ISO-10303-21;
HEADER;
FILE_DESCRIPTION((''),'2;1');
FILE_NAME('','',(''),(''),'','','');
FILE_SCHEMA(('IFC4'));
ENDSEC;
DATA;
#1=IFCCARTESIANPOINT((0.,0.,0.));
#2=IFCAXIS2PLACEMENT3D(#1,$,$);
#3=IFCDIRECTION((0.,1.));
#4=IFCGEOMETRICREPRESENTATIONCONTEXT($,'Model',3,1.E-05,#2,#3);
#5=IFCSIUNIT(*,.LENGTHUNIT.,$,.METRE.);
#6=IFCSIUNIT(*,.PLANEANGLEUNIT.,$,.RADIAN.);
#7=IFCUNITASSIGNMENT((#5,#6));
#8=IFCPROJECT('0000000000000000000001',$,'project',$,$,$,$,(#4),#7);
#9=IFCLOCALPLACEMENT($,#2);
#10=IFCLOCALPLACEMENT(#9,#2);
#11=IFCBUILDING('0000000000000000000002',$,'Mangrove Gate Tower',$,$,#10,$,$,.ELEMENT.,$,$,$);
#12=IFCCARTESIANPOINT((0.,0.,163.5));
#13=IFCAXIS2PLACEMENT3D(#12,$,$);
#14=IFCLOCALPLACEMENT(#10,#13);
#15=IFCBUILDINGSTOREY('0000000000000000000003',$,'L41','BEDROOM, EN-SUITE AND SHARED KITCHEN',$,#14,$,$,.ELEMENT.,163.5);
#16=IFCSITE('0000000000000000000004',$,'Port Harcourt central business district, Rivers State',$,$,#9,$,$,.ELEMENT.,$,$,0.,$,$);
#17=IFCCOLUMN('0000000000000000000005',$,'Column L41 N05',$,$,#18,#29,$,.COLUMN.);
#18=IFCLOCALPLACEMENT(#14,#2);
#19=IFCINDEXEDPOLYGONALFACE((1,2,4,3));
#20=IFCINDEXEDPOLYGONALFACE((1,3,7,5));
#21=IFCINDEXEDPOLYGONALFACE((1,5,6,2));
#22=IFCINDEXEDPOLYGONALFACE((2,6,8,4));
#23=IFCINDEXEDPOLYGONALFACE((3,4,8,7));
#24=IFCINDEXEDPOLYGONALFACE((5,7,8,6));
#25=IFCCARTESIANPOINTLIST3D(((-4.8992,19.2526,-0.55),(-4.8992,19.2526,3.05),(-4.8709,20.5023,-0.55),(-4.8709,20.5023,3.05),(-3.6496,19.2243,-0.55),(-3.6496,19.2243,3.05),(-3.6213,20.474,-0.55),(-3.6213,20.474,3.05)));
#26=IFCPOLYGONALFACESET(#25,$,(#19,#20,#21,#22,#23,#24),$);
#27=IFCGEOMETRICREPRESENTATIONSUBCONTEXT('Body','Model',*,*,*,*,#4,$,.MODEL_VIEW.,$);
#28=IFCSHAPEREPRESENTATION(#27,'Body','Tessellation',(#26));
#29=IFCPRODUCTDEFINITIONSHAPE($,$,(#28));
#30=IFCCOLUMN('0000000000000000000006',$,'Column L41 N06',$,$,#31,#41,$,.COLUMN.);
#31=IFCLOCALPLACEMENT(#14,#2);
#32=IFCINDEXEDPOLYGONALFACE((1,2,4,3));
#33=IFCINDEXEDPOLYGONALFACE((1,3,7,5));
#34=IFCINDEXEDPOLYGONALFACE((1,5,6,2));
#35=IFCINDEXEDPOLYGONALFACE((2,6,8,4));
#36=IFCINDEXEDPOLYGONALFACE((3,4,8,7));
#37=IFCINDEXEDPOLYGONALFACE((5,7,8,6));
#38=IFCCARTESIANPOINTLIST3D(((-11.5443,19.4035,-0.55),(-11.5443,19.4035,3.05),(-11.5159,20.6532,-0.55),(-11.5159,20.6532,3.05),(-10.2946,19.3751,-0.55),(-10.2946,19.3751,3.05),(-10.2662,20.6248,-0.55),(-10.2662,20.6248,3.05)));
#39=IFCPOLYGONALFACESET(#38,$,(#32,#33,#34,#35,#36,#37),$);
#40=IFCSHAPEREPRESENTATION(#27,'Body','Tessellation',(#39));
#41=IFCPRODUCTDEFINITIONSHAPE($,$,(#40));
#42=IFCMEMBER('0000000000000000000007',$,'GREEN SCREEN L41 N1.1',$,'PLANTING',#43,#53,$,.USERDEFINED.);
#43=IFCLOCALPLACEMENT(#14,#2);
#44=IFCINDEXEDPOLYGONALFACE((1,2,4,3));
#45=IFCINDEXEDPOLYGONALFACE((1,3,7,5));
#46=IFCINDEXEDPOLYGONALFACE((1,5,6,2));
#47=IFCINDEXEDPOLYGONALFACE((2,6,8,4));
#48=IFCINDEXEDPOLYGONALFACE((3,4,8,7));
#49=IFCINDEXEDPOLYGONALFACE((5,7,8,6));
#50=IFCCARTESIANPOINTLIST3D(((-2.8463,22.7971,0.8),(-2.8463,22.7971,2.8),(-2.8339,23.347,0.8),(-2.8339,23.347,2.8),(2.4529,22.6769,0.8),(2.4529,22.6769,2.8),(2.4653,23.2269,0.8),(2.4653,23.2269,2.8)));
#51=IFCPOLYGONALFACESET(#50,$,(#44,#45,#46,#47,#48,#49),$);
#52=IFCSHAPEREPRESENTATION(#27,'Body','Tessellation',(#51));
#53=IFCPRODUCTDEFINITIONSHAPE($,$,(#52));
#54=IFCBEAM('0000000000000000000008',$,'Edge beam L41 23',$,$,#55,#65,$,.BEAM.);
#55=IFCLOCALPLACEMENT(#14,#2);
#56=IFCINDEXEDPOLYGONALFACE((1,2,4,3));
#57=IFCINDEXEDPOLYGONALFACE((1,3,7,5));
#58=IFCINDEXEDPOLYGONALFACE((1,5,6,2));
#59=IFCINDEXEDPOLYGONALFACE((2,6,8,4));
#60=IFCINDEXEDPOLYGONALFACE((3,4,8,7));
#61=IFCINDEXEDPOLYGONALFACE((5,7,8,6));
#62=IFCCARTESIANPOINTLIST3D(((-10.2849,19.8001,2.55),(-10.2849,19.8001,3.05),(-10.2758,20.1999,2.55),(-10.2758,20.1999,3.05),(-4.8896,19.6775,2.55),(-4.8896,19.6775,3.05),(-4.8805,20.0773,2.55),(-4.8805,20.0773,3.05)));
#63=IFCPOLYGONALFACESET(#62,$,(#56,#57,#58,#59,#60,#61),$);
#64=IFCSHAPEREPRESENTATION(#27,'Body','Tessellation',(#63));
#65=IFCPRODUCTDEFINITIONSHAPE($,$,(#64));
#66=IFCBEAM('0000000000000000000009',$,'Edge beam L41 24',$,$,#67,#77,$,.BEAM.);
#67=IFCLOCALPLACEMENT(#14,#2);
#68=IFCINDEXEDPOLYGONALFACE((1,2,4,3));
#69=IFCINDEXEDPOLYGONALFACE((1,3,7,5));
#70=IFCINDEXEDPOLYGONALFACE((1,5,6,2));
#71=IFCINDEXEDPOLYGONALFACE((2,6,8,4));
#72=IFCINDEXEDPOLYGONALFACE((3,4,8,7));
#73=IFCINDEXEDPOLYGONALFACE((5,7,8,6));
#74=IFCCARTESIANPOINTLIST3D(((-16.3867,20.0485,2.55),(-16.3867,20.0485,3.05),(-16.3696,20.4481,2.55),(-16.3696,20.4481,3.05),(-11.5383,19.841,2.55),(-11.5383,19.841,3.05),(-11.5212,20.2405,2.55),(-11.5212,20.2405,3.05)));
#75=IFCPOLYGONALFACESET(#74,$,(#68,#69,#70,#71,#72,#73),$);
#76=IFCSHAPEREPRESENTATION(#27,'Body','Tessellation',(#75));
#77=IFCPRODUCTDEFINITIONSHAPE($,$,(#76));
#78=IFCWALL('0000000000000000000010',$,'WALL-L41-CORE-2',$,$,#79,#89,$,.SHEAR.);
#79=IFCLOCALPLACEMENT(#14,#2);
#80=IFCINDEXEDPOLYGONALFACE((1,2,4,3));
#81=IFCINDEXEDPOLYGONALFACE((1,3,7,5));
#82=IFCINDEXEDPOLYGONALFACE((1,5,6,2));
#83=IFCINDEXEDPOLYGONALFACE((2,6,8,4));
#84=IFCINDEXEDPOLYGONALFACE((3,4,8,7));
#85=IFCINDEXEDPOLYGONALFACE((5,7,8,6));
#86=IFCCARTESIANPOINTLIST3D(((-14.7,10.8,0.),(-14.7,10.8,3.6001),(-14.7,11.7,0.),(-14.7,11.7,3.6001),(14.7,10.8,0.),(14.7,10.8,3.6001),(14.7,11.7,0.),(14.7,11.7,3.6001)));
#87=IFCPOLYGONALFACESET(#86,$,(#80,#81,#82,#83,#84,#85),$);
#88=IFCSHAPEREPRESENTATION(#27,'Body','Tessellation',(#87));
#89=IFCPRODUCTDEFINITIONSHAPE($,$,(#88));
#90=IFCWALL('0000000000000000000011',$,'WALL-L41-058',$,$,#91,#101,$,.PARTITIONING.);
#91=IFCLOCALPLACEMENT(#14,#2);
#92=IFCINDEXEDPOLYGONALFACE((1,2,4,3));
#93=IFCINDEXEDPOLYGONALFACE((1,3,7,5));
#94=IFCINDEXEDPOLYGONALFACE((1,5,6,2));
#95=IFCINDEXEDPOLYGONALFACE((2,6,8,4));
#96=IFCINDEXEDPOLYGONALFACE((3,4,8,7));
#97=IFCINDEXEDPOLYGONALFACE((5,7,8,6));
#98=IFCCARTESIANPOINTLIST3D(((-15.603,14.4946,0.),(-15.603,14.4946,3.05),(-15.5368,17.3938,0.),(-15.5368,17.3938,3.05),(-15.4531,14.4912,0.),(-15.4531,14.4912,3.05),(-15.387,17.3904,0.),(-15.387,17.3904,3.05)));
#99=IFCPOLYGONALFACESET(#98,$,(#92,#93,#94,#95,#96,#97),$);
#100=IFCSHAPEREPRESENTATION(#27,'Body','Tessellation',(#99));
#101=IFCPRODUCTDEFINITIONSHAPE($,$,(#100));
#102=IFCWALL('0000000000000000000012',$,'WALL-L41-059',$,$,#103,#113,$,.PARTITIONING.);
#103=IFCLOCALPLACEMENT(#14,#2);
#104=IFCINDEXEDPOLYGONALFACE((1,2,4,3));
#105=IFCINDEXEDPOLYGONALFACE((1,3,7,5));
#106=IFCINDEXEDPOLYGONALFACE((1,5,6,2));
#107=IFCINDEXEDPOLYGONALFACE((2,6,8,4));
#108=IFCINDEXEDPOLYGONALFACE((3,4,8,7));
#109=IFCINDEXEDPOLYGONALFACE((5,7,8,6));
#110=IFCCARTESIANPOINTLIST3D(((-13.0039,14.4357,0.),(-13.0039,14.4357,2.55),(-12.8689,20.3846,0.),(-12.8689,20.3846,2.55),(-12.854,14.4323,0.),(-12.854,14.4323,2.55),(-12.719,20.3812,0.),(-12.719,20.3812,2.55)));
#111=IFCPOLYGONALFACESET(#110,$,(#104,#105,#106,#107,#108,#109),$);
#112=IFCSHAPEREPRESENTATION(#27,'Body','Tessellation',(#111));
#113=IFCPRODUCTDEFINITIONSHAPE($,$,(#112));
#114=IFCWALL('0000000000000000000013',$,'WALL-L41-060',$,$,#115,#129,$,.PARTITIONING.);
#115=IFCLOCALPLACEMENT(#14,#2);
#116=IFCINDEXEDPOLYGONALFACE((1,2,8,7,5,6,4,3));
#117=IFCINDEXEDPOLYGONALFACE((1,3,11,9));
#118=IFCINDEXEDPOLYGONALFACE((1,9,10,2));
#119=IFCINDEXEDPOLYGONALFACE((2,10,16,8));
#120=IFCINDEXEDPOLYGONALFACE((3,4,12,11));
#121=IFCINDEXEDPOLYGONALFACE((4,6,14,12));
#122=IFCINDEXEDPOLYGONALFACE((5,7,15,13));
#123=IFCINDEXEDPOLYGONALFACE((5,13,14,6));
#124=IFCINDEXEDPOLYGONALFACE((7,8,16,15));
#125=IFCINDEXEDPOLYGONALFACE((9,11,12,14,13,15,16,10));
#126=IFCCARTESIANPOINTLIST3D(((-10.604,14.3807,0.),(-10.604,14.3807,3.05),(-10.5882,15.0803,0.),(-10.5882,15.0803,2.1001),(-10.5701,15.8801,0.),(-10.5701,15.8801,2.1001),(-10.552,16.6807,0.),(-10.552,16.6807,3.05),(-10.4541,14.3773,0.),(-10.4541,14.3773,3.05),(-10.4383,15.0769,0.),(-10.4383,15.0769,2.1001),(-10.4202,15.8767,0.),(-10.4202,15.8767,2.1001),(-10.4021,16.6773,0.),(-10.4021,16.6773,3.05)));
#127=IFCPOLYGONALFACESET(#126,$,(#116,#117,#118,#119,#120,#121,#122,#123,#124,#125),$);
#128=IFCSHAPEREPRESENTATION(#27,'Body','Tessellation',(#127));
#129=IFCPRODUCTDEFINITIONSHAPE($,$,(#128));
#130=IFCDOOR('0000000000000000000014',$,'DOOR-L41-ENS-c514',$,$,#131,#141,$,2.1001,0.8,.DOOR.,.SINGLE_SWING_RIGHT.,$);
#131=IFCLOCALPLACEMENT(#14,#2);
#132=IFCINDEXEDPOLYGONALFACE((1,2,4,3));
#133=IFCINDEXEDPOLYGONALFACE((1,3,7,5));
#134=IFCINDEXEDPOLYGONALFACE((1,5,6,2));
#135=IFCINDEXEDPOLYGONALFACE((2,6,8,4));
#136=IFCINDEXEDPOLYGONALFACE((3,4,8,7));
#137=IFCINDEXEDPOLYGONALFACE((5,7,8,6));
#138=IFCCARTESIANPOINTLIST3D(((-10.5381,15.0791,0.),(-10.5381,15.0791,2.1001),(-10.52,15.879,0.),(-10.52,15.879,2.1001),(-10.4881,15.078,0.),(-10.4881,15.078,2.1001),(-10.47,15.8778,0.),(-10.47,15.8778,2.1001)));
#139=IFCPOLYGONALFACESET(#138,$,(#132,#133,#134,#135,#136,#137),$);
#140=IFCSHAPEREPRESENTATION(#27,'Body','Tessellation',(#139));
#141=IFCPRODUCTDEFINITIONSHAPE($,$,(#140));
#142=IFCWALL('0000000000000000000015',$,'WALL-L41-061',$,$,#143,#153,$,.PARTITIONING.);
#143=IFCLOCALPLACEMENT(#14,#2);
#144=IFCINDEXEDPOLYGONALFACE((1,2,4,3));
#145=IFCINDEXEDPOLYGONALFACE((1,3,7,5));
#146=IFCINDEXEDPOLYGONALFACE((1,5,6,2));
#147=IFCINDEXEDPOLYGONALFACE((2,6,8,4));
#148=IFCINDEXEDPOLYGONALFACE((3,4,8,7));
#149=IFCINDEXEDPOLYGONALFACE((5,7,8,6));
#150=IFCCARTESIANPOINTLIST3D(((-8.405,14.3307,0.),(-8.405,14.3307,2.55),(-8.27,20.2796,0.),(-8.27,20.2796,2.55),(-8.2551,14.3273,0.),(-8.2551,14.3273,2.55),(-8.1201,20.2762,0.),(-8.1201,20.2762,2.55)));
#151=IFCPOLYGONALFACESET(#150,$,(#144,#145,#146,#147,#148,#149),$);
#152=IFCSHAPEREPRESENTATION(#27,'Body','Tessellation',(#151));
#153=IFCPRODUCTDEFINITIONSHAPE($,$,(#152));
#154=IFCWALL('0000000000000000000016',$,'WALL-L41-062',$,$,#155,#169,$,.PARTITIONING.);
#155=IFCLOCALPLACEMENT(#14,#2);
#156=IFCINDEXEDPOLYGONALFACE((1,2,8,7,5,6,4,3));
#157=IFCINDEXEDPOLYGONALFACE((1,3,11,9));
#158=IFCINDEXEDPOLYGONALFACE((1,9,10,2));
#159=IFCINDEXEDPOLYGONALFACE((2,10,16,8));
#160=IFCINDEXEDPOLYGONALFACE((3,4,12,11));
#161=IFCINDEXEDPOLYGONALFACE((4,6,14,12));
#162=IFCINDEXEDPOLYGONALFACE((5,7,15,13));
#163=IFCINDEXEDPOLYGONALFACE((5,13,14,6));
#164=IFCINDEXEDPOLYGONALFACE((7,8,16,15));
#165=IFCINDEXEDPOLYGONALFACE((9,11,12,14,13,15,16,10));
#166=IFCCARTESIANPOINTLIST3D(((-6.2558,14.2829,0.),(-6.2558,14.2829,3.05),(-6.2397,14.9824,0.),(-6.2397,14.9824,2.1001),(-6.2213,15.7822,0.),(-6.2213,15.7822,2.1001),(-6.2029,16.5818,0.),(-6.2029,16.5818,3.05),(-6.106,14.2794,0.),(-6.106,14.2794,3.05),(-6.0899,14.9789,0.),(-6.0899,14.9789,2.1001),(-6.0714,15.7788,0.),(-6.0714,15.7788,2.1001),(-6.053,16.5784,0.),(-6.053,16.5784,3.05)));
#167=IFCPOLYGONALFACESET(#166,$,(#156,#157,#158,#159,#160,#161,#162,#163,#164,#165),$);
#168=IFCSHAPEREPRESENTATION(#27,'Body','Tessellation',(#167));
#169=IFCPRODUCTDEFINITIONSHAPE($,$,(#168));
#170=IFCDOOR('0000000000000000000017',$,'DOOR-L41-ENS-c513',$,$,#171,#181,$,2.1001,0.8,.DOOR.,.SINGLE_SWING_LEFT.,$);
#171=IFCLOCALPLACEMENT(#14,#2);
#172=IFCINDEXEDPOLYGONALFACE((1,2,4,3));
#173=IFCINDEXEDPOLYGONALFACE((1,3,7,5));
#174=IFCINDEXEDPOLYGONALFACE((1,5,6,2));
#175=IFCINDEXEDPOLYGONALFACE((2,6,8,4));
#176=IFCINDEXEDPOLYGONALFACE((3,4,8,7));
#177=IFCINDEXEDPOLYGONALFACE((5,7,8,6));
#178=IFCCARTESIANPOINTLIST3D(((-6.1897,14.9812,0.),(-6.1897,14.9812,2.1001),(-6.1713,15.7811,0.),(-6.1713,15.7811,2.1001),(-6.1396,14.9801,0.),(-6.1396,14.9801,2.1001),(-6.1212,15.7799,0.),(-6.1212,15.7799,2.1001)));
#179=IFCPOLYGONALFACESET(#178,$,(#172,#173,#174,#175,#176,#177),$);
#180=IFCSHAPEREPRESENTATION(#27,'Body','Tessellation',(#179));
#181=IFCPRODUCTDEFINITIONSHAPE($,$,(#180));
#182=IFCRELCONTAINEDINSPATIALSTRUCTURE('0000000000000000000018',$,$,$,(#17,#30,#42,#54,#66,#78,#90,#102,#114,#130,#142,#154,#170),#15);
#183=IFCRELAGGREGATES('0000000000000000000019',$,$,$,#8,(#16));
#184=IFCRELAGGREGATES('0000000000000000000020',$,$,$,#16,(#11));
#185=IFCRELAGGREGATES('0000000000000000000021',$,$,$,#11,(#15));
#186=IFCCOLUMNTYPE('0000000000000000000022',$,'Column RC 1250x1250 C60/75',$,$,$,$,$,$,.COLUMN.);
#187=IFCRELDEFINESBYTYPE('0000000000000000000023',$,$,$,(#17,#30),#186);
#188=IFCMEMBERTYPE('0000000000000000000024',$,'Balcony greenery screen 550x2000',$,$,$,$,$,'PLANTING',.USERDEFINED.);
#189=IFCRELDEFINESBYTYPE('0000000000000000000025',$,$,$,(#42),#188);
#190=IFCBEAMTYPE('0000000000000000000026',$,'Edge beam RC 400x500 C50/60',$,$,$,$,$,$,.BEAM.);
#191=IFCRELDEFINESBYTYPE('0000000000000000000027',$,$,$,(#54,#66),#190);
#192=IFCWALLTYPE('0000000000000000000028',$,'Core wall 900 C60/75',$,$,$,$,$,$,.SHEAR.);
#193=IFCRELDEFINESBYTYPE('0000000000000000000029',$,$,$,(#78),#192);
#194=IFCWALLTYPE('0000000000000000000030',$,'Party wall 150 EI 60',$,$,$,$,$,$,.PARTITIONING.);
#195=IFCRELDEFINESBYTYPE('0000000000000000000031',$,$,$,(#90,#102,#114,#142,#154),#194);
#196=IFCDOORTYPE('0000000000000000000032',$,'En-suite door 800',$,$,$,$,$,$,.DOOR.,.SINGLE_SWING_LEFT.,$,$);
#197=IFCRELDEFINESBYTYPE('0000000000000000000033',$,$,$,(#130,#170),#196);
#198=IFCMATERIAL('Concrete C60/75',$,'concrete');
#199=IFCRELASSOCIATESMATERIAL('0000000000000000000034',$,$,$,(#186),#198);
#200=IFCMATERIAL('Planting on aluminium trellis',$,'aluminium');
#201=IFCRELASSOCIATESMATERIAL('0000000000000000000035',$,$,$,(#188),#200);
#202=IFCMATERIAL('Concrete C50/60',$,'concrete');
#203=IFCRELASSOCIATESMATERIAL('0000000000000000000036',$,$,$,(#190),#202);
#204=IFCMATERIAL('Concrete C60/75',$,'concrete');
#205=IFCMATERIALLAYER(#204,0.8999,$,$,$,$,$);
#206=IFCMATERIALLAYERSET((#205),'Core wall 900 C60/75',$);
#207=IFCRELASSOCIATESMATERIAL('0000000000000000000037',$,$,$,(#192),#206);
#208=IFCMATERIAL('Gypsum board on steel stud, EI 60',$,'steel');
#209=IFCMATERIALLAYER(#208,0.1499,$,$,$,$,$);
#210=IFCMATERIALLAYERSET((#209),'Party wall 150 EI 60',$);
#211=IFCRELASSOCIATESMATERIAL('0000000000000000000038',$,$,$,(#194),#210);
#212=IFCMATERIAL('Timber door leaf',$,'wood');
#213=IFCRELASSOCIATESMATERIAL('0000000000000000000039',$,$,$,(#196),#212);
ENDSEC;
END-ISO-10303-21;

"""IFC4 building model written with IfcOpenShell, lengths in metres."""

from ifc_helpers import new_model, si_unit, direction, frame, frame_2d, origin, origin_2d, place, context, subcontext, project, spatial, rectangle, extrude, material, layer, layer_set, material_profile, profile_set, type_object, element, fill, save


model = new_model("IFC4")

# Units and contexts
model_context = context("Model", 3, precision=1e-05, world=origin(), true_north=direction((0.0, 1.0)))
body_context = subcontext(model_context, "Body", "Model", "MODEL_VIEW")
ifc_project = project(units=[si_unit("LENGTHUNIT", "METRE"), si_unit("PLANEANGLEUNIT", "RADIAN")], contexts=[model_context])

# Site, building, storey
site_placement = place(None, origin())
site = spatial("IfcSite", under=ifc_project, at=site_placement, Name="Port Harcourt central business district, Rivers State", CompositionType="ELEMENT", RefElevation=0.0)
building_placement = place(site_placement, origin())
building = spatial("IfcBuilding", under=site, at=building_placement, Name="Mangrove Gate Tower", CompositionType="ELEMENT")
storey_placement = place(building_placement, frame((0.0, 0.0, 163.5)))
storey = spatial("IfcBuildingStorey", under=building, at=storey_placement, Name="L41", Description="BEDROOM, EN-SUITE AND SHARED KITCHEN", CompositionType="ELEMENT", Elevation=163.5)

# Columns
ifc_material_1 = material(Name="Concrete C60/75", Category="concrete")
ifc_material_profile_1 = material_profile(ifc_material_1, rectangle(XDim=1.25, YDim=1.25, at=origin_2d()))
ifc_profile_set_1 = profile_set([ifc_material_profile_1], Name="Concrete C60/75")
column_type = type_object("IfcColumnType", Name="Column RC 1250x1250 C60/75", PredefinedType="COLUMN", material=ifc_profile_set_1)
for number, where, z_axis, x_axis, name in (
    (1, (-4.2603, 19.8633, -0.55), (0.0, 0.0, 1.0), (-0.999744, 0.022643, 0.0), "Column L41 N05"),
    (2, (-10.9053, 20.0142, -0.55), (0.0, 0.0, 1.0), (-0.999742, 0.022718, 0.0), "Column L41 N06"),
):
    element("IfcColumn", number, at=place(storey_placement, frame(where, z_axis=z_axis, x_axis=x_axis)), inside=storey, type_object=column_type, Name=name, PredefinedType="COLUMN", context=body_context, shape_type="SweptSolid", body=[
        extrude(rectangle(XDim=1.25, YDim=1.25, at=origin_2d()), origin(), (0.0, 0.0, 1.0), 3.6001),
    ])

# Member
ifc_material_2 = material(Name="Planting on aluminium trellis", Category="aluminium")
ifc_material_profile_2 = material_profile(ifc_material_2, rectangle(XDim=0.55, YDim=2.0, at=origin_2d()))
ifc_profile_set_2 = profile_set([ifc_material_profile_2], Name="Planting on aluminium trellis")
member_type = type_object("IfcMemberType", Name="Balcony greenery screen 550x2000", ElementType="PLANTING", PredefinedType="USERDEFINED", material=ifc_profile_set_2)
member_placement = place(storey_placement, frame((-2.8401, 23.072, 1.8), z_axis=(0.999743, -0.022662, 0.0), x_axis=(0.022662, 0.999743, 0.0)))
element("IfcMember", 3, at=member_placement, inside=storey, type_object=member_type, Name="GREEN SCREEN L41 N1.1", ObjectType="PLANTING", PredefinedType="USERDEFINED", context=body_context, shape_type="SweptSolid", body=[
    extrude(rectangle(XDim=0.55, YDim=2.0, at=origin_2d()), origin(), (0.0, 0.0, 1.0), 5.3005),
])

# Beams
ifc_material_3 = material(Name="Concrete C50/60", Category="concrete")
ifc_material_profile_3 = material_profile(ifc_material_3, rectangle(XDim=0.3999, YDim=0.5, at=origin_2d()))
ifc_profile_set_3 = profile_set([ifc_material_profile_3], Name="Concrete C50/60")
beam_type = type_object("IfcBeamType", Name="Edge beam RC 400x500 C50/60", PredefinedType="BEAM", material=ifc_profile_set_3)
beam_1_placement = place(storey_placement, frame((-4.885, 19.8774, 2.8), z_axis=(-0.999742, 0.02271, 0.0), x_axis=(-0.02271, -0.999742, 0.0)))
element("IfcBeam", 4, at=beam_1_placement, inside=storey, type_object=beam_type, Name="Edge beam L41 23", PredefinedType="BEAM", context=body_context, shape_type="SweptSolid", body=[
    extrude(rectangle(XDim=0.3999, YDim=0.5, at=origin_2d()), origin(), (0.0, 0.0, 1.0), 5.3967),
])
beam_2_placement = place(storey_placement, frame((-11.5298, 20.0408, 2.8), z_axis=(-0.999085, 0.042763, 0.0), x_axis=(-0.042763, -0.999085, 0.0)))
element("IfcBeam", 5, at=beam_2_placement, inside=storey, type_object=beam_type, Name="Edge beam L41 24", PredefinedType="BEAM", context=body_context, shape_type="SweptSolid", body=[
    extrude(rectangle(XDim=0.3999, YDim=0.5, at=origin_2d()), origin(), (0.0, 0.0, 1.0), 4.8528),
])

# Walls
ifc_material_4 = material(Name="Concrete C60/75", Category="concrete")
ifc_layer_1 = layer(ifc_material_4, 0.8999)
ifc_layer_set_1 = layer_set([ifc_layer_1], Name="Core wall 900 C60/75")
wall_type_1 = type_object("IfcWallType", Name="Core wall 900 C60/75", PredefinedType="SHEAR", material=ifc_layer_set_1)
wall_1_placement = place(storey_placement, frame((-14.7, 11.25, 0.0), z_axis=(0.0, 0.0, 1.0), x_axis=(1.0, 0.0, 0.0)))
element("IfcWall", 6, at=wall_1_placement, inside=storey, type_object=wall_type_1, Name="WALL-L41-CORE-2", PredefinedType="SHEAR", context=body_context, shape_type="SweptSolid", body=[
    extrude(rectangle(XDim=29.3999, YDim=0.8999, at=frame_2d((14.7, 0.0))), origin(), (0.0, 0.0, 1.0), 3.6001),
])
ifc_material_5 = material(Name="Gypsum board on steel stud, EI 60", Category="steel")
ifc_layer_2 = layer(ifc_material_5, 0.1499)
ifc_layer_set_2 = layer_set([ifc_layer_2], Name="Party wall 150 EI 60")
wall_type_2 = type_object("IfcWallType", Name="Party wall 150 EI 60", PredefinedType="PARTITIONING", material=ifc_layer_set_2)
wall_2_placement = place(storey_placement, frame((-15.5281, 14.4929, 0.0), z_axis=(0.0, 0.0, 1.0), x_axis=(0.022815, 0.99974, 0.0)))
element("IfcWall", 7, at=wall_2_placement, inside=storey, type_object=wall_type_2, Name="WALL-L41-058", PredefinedType="PARTITIONING", context=body_context, shape_type="SweptSolid", body=[
    extrude(rectangle(XDim=2.8999, YDim=0.1499, at=frame_2d((1.45, 0.0))), origin(), (0.0, 0.0, 1.0), 3.05),
])
wall_3_placement = place(storey_placement, frame((-12.929, 14.4341, 0.0), z_axis=(0.0, 0.0, 1.0), x_axis=(0.022689, 0.999743, 0.0)))
element("IfcWall", 8, at=wall_3_placement, inside=storey, type_object=wall_type_2, Name="WALL-L41-059", PredefinedType="PARTITIONING", context=body_context, shape_type="SweptSolid", body=[
    extrude(rectangle(XDim=5.9504, YDim=0.1499, at=frame_2d((2.9751, 0.0))), origin(), (0.0, 0.0, 1.0), 2.55),
])

# Wall, opening, door
wall_4_placement = place(storey_placement, frame((-10.5291, 14.3789, 0.0), z_axis=(0.0, 0.0, 1.0), x_axis=(0.022603, 0.999745, 0.0)))
wall_4 = element("IfcWall", 9, at=wall_4_placement, inside=storey, type_object=wall_type_2, Name="WALL-L41-060", PredefinedType="PARTITIONING", context=body_context, shape_type="SweptSolid", body=[
    extrude(rectangle(XDim=2.3005, YDim=0.1499, at=frame_2d((1.1504, 0.0))), origin(), (0.0, 0.0, 1.0), 3.05),
])
opening_1_placement = place(wall_4_placement, frame((0.7, 0.0, 0.0)))
opening_1 = element("IfcOpeningElement", 10, at=opening_1_placement, cuts=wall_4, PredefinedType="OPENING", context=body_context, shape_type="SweptSolid", body=[
    extrude(rectangle(XDim=0.8, YDim=2.1001, at=frame_2d((0.3999, 1.05))), frame((0.0, 0.085, 0.0), z_axis=(0.0, -1.0, 0.0), x_axis=(1.0, 0.0, 0.0)), (0.0, 0.0, 1.0), 0.1699),
])
ifc_material_6 = material(Name="Timber door leaf", Category="wood")
door_type = type_object("IfcDoorType", Name="En-suite door 800", OperationType="SINGLE_SWING_LEFT", PredefinedType="DOOR", material=ifc_material_6)
door_1_placement = place(opening_1_placement, origin())
door_1 = element("IfcDoor", 11, at=door_1_placement, inside=storey, type_object=door_type, Name="DOOR-L41-ENS-c514", OperationType="SINGLE_SWING_RIGHT", OverallHeight=2.1001, OverallWidth=0.8, PredefinedType="DOOR", context=body_context, shape_type="SweptSolid", body=[
    extrude(rectangle(XDim=0.8, YDim=2.1001, at=frame_2d((0.3999, 1.05))), frame((0.0, 0.0249, 0.0), z_axis=(0.0, -1.0, 0.0), x_axis=(1.0, 0.0, 0.0)), (0.0, 0.0, 1.0), 0.05),
])
fill(opening_1, door_1)

# Wall
wall_5_placement = place(storey_placement, frame((-8.3301, 14.3291, 0.0), z_axis=(0.0, 0.0, 1.0), x_axis=(0.022689, 0.999743, 0.0)))
element("IfcWall", 12, at=wall_5_placement, inside=storey, type_object=wall_type_2, Name="WALL-L41-061", PredefinedType="PARTITIONING", context=body_context, shape_type="SweptSolid", body=[
    extrude(rectangle(XDim=5.9504, YDim=0.1499, at=frame_2d((2.9751, 0.0))), origin(), (0.0, 0.0, 1.0), 2.55),
])

# Wall, opening, door
wall_6_placement = place(storey_placement, frame((-6.1809, 14.281, 0.0), z_axis=(0.0, 0.0, 1.0), x_axis=(0.023037, 0.999735, 0.0)))
wall_6 = element("IfcWall", 13, at=wall_6_placement, inside=storey, type_object=wall_type_2, Name="WALL-L41-062", PredefinedType="PARTITIONING", context=body_context, shape_type="SweptSolid", body=[
    extrude(rectangle(XDim=2.2996, YDim=0.1499, at=frame_2d((1.1499, 0.0))), origin(), (0.0, 0.0, 1.0), 3.05),
])
opening_2_placement = place(wall_6_placement, frame((0.7, 0.0, 0.0)))
opening_2 = element("IfcOpeningElement", 14, at=opening_2_placement, cuts=wall_6, PredefinedType="OPENING", context=body_context, shape_type="SweptSolid", body=[
    extrude(rectangle(XDim=0.8, YDim=2.1001, at=frame_2d((0.3999, 1.05))), frame((0.0, 0.085, 0.0), z_axis=(0.0, -1.0, 0.0), x_axis=(1.0, 0.0, 0.0)), (0.0, 0.0, 1.0), 0.1699),
])
door_2_placement = place(opening_2_placement, origin())
door_2 = element("IfcDoor", 15, at=door_2_placement, inside=storey, type_object=door_type, Name="DOOR-L41-ENS-c513", OperationType="SINGLE_SWING_LEFT", OverallHeight=2.1001, OverallWidth=0.8, PredefinedType="DOOR", context=body_context, shape_type="SweptSolid", body=[
    extrude(rectangle(XDim=0.8, YDim=2.1001, at=frame_2d((0.3999, 1.05))), frame((0.0, 0.0249, 0.0), z_axis=(0.0, -1.0, 0.0), x_axis=(1.0, 0.0, 0.0)), (0.0, 0.0, 1.0), 0.05),
])
fill(opening_2, door_2)

save(model, "model.ifc")
